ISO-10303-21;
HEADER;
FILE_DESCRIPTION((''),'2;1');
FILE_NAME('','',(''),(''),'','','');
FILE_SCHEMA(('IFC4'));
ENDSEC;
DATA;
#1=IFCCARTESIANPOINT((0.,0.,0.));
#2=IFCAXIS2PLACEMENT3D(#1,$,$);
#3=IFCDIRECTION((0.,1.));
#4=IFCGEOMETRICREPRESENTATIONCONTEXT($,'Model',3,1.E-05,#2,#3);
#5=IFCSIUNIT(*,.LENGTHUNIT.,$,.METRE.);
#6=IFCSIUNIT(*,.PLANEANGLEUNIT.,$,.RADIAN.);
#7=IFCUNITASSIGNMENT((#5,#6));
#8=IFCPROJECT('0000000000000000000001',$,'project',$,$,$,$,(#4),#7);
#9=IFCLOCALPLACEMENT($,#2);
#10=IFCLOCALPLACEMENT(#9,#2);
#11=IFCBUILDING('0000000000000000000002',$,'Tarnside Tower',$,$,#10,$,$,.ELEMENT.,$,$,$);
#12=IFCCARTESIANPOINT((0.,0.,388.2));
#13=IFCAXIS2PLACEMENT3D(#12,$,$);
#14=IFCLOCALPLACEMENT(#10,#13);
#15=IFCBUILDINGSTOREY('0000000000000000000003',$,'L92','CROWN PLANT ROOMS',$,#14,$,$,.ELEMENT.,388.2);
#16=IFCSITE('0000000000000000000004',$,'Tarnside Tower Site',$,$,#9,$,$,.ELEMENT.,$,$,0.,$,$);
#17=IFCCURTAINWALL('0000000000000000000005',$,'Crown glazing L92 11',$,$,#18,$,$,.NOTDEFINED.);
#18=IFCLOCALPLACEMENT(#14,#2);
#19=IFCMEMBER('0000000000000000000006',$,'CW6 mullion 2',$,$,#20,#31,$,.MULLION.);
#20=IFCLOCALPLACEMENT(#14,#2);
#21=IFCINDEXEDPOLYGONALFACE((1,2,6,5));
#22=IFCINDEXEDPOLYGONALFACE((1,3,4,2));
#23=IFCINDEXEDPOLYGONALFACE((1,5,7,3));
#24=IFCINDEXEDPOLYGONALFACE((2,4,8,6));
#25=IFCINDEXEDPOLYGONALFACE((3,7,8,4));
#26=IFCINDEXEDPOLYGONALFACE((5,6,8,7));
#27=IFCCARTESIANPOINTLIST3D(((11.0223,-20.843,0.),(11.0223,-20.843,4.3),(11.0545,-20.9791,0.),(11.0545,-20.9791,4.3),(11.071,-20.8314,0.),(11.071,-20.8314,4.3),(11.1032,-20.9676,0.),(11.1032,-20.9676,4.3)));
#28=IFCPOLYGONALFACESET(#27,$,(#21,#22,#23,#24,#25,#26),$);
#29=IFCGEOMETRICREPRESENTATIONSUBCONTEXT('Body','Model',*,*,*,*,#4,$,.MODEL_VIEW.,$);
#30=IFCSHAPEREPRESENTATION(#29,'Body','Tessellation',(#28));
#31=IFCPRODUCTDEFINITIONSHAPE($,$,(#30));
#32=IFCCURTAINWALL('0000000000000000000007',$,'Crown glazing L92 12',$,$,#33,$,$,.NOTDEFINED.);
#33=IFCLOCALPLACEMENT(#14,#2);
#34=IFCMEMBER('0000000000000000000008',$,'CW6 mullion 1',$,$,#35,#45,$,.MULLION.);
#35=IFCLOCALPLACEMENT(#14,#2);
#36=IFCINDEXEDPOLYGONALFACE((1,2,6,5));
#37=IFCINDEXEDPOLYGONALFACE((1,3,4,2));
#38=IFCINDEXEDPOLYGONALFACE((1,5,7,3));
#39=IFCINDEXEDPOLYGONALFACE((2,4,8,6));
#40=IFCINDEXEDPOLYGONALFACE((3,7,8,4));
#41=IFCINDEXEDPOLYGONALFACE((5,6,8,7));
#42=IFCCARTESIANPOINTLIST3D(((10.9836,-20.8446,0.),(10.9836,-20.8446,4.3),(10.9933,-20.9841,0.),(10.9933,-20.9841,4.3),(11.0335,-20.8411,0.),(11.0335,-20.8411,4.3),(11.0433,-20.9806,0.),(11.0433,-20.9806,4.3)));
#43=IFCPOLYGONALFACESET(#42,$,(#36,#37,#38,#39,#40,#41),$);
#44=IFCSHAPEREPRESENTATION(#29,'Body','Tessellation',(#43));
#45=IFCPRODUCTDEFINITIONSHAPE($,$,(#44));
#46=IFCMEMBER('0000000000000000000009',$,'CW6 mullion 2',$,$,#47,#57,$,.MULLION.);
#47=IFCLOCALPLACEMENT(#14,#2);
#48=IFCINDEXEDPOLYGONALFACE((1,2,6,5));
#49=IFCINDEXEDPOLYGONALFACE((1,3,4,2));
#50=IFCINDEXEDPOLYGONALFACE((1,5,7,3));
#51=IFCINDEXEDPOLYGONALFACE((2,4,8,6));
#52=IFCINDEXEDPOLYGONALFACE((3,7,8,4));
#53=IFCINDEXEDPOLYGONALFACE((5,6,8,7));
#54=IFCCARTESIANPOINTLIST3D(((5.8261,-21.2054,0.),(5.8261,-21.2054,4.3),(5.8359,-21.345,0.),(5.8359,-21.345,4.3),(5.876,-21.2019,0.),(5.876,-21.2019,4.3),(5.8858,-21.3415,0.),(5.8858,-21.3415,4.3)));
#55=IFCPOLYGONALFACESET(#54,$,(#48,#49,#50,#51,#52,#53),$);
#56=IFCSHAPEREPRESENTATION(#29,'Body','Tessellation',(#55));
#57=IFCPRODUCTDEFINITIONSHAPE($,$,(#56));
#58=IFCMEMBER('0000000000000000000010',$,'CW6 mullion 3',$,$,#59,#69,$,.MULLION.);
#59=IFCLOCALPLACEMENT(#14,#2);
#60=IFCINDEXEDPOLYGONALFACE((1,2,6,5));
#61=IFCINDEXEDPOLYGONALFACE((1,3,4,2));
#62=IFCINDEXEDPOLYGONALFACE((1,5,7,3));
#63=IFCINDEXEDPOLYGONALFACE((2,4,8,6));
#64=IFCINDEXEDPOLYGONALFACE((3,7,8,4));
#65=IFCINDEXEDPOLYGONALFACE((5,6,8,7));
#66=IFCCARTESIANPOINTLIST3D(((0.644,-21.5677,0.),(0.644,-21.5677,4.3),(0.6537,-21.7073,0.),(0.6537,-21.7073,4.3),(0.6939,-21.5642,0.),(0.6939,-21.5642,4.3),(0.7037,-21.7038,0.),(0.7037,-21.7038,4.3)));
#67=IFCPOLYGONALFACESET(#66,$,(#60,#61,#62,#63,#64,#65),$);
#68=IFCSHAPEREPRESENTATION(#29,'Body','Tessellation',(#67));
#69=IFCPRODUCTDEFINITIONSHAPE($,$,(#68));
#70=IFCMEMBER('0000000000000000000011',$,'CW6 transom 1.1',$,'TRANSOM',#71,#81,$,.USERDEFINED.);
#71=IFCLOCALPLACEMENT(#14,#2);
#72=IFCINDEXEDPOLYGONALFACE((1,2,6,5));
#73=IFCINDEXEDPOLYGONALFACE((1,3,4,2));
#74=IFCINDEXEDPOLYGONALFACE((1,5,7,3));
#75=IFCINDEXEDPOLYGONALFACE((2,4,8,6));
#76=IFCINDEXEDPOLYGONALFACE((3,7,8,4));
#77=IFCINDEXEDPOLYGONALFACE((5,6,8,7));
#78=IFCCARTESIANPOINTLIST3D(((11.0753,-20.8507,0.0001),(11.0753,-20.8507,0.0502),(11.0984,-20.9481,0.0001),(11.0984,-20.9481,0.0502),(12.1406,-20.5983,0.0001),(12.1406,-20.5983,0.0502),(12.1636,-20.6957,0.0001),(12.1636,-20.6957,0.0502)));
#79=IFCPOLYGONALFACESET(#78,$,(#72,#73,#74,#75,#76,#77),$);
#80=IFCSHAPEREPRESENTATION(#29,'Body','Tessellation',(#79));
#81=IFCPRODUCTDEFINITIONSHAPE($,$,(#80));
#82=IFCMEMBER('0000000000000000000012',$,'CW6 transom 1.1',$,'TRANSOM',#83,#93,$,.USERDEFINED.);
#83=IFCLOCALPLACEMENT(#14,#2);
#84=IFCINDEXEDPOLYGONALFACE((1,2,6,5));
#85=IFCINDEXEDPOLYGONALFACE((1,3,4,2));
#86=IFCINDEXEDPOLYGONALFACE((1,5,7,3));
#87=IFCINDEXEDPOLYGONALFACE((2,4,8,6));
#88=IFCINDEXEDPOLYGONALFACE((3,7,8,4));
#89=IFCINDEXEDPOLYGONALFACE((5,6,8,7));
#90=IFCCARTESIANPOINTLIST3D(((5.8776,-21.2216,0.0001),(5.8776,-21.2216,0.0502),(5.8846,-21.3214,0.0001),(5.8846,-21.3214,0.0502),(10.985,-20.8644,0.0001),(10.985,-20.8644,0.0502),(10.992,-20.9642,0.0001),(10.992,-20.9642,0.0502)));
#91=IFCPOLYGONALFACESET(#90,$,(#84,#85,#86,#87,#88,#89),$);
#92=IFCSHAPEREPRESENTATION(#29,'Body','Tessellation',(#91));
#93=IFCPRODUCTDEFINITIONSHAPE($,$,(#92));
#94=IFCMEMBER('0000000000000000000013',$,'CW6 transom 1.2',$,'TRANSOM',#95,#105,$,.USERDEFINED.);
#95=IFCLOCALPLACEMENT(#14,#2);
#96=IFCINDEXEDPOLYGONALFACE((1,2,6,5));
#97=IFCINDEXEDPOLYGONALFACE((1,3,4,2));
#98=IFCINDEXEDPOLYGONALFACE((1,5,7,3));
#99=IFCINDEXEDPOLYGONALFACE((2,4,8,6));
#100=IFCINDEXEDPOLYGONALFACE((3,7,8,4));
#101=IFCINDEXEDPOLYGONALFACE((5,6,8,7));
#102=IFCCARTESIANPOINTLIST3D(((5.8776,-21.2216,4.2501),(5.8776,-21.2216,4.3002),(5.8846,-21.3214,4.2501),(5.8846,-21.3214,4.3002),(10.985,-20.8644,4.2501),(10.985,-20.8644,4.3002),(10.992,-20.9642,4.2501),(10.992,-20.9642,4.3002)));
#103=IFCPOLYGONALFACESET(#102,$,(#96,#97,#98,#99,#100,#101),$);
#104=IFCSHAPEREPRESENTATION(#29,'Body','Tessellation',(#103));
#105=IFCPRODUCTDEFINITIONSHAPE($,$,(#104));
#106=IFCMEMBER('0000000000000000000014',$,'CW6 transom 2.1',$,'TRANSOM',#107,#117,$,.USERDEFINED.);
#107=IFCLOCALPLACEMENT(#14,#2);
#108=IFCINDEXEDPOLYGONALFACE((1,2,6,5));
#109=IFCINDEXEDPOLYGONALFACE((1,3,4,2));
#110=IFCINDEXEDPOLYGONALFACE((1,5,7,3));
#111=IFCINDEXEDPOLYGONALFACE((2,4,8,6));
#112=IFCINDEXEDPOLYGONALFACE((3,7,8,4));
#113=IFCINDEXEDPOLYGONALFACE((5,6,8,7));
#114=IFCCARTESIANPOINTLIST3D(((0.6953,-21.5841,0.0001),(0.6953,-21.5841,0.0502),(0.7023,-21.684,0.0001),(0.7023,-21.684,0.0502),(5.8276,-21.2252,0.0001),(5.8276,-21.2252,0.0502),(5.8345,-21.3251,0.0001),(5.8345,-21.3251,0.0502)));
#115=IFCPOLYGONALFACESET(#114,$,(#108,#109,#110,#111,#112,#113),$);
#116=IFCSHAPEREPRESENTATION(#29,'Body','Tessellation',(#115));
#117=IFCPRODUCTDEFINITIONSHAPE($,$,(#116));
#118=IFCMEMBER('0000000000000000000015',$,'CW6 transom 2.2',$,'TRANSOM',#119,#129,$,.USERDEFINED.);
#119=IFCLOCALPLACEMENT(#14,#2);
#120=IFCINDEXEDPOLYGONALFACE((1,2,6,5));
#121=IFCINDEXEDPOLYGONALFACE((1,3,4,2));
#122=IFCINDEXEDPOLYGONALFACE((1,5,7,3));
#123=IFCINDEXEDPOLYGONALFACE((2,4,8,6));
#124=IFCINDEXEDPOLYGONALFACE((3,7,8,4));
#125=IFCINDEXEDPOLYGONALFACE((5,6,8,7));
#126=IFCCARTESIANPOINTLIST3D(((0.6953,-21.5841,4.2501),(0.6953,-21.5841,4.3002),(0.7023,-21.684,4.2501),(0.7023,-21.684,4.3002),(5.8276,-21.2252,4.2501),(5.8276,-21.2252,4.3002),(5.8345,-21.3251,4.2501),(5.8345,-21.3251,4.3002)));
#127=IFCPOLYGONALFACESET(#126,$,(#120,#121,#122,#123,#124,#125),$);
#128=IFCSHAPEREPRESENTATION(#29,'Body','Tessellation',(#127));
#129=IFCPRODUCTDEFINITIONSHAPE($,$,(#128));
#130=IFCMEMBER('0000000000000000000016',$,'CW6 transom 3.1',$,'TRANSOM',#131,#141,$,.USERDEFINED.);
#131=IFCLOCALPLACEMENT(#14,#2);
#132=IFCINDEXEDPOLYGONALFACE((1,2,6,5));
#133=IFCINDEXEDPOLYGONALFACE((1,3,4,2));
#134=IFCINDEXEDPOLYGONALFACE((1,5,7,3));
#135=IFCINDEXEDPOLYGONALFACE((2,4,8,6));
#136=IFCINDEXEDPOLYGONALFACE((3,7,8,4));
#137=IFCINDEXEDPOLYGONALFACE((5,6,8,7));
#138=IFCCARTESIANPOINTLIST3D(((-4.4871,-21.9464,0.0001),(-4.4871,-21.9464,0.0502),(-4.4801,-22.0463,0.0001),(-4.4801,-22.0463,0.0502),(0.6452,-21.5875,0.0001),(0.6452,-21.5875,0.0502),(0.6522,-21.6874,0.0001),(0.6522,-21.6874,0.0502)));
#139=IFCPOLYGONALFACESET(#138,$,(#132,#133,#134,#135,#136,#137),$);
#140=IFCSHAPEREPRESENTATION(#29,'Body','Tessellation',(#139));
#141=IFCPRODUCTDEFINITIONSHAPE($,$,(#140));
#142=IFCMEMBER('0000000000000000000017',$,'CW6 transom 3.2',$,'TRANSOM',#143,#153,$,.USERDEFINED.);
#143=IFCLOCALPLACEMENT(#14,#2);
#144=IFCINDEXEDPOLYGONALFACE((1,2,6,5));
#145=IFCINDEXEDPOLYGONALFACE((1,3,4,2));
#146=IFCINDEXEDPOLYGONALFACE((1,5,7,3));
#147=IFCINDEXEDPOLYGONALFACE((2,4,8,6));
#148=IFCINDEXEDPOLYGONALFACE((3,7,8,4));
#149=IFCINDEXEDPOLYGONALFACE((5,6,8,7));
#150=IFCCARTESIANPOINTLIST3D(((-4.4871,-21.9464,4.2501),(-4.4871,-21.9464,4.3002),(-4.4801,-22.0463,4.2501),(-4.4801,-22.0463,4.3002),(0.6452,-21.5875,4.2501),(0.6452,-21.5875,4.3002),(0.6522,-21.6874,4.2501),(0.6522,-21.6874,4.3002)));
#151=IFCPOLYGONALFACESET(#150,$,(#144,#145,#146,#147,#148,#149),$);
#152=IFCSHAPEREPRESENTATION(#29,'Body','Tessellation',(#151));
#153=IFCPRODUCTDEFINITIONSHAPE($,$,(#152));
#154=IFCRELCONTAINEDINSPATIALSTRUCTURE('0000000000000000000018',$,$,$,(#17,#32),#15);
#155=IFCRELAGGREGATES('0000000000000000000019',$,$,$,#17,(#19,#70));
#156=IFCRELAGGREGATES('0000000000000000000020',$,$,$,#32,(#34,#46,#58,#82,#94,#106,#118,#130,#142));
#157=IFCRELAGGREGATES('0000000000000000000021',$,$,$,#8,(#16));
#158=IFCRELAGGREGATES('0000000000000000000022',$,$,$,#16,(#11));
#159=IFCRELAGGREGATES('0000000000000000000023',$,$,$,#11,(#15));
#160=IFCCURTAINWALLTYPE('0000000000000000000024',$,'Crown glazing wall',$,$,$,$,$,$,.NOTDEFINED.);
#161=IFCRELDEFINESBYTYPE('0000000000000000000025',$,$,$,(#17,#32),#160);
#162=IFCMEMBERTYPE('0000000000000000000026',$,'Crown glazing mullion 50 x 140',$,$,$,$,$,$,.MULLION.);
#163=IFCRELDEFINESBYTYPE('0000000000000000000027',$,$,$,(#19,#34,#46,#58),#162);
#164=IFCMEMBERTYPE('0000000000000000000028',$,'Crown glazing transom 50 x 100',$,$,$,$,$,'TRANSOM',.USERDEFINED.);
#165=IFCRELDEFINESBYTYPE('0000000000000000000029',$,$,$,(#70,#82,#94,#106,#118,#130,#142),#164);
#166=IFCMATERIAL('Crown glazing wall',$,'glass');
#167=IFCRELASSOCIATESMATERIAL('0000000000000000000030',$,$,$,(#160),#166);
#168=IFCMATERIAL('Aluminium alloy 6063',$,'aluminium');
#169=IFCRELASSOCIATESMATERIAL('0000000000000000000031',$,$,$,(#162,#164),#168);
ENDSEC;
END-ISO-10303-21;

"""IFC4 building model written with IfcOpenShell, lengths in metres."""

from ifc_helpers import new_model, si_unit, direction, frame, origin, origin_2d, place, context, subcontext, project, spatial, rectangle, extrude, material, material_profile, profile_set, type_object, element, aggregate, save


model = new_model("IFC4")

# Units and contexts
model_context = context("Model", 3, precision=1e-05, world=origin(), true_north=direction((0.0, 1.0)))
body_context = subcontext(model_context, "Body", "Model", "MODEL_VIEW")
ifc_project = project(units=[si_unit("LENGTHUNIT", "METRE"), si_unit("PLANEANGLEUNIT", "RADIAN")], contexts=[model_context])

# Site, building, storey
site_placement = place(None, origin())
site = spatial("IfcSite", under=ifc_project, at=site_placement, Name="Tarnside Tower Site", CompositionType="ELEMENT", RefElevation=0.0)
building_placement = place(site_placement, origin())
building = spatial("IfcBuilding", under=site, at=building_placement, Name="Tarnside Tower", CompositionType="ELEMENT")
storey_placement = place(building_placement, frame((0.0, 0.0, 388.2)))
storey = spatial("IfcBuildingStorey", under=building, at=storey_placement, Name="L92", Description="CROWN PLANT ROOMS", CompositionType="ELEMENT", Elevation=388.2)

# Curtain wall, member
ifc_material_1 = material(Name="Crown glazing wall", Category="glass")
curtain_wall_type = type_object("IfcCurtainWallType", Name="Crown glazing wall", PredefinedType="NOTDEFINED", material=ifc_material_1)
curtain_wall_1_placement = place(storey_placement, origin())
curtain_wall_1 = element("IfcCurtainWall", 1, at=curtain_wall_1_placement, inside=storey, type_object=curtain_wall_type, Name="Crown glazing L92 11", PredefinedType="NOTDEFINED")
ifc_material_2 = material(Name="Aluminium alloy 6063", Category="aluminium")
ifc_material_profile_1 = material_profile(ifc_material_2, rectangle(XDim=0.1399, YDim=0.05, at=origin_2d()), Name="Crown glazing mullion 50 x 140")
ifc_profile_set_1 = profile_set([ifc_material_profile_1], Name="Aluminium alloy 6063")
member_type_1 = type_object("IfcMemberType", Name="Crown glazing mullion 50 x 140", PredefinedType="MULLION", material=ifc_profile_set_1)
member_1_placement = place(storey_placement, frame((11.0627, -20.9053, 0.0), z_axis=(0.0, 0.0, 1.0), x_axis=(0.230616, -0.973045, 0.0)))
member_1 = element("IfcMember", 2, at=member_1_placement, type_object=member_type_1, Name="CW6 mullion 2", PredefinedType="MULLION", context=body_context, shape_type="SweptSolid", body=[
    extrude(rectangle(XDim=0.1399, YDim=0.05, at=origin_2d()), origin(), (0.0, 0.0, 1.0), 4.3),
])

# Curtain wall, members
curtain_wall_2_placement = place(storey_placement, origin())
curtain_wall_2 = element("IfcCurtainWall", 3, at=curtain_wall_2_placement, inside=storey, type_object=curtain_wall_type, Name="Crown glazing L92 12", PredefinedType="NOTDEFINED")
member_2_placement = place(storey_placement, frame((11.0134, -20.9126, 0.0), z_axis=(0.0, 0.0, 1.0), x_axis=(0.069756, -0.997564, 0.0)))
member_2 = element("IfcMember", 4, at=member_2_placement, type_object=member_type_1, Name="CW6 mullion 1", PredefinedType="MULLION", context=body_context, shape_type="SweptSolid", body=[
    extrude(rectangle(XDim=0.1399, YDim=0.05, at=origin_2d()), origin(), (0.0, 0.0, 1.0), 4.3),
])
member_3_placement = place(storey_placement, frame((5.856, -21.2734, 0.0), z_axis=(0.0, 0.0, 1.0), x_axis=(0.069756, -0.997564, 0.0)))
member_3 = element("IfcMember", 5, at=member_3_placement, type_object=member_type_1, Name="CW6 mullion 2", PredefinedType="MULLION", context=body_context, shape_type="SweptSolid", body=[
    extrude(rectangle(XDim=0.1399, YDim=0.05, at=origin_2d()), origin(), (0.0, 0.0, 1.0), 4.3),
])
member_4_placement = place(storey_placement, frame((0.6738, -21.6357, 0.0), z_axis=(0.0, 0.0, 1.0), x_axis=(0.069756, -0.997564, 0.0)))
member_4 = element("IfcMember", 6, at=member_4_placement, type_object=member_type_1, Name="CW6 mullion 3", PredefinedType="MULLION", context=body_context, shape_type="SweptSolid", body=[
    extrude(rectangle(XDim=0.1399, YDim=0.05, at=origin_2d()), origin(), (0.0, 0.0, 1.0), 4.3),
])

# Members
ifc_material_profile_2 = material_profile(ifc_material_2, rectangle(XDim=0.1001, YDim=0.05, at=origin_2d()), Name="Crown glazing transom 50 x 100")
ifc_profile_set_2 = profile_set([ifc_material_profile_2], Name="Aluminium alloy 6063")
member_type_2 = type_object("IfcMemberType", Name="Crown glazing transom 50 x 100", ElementType="TRANSOM", PredefinedType="USERDEFINED", material=ifc_profile_set_2)
member_5_placement = place(storey_placement, frame((12.1521, -20.647, 0.0251), z_axis=(-0.973047, -0.230605, 0.0), x_axis=(0.230605, -0.973047, 0.0)))
member_5 = element("IfcMember", 7, at=member_5_placement, type_object=member_type_2, Name="CW6 transom 1.1", ObjectType="TRANSOM", PredefinedType="USERDEFINED", context=body_context, shape_type="SweptSolid", body=[
    extrude(rectangle(XDim=0.1001, YDim=0.05, at=origin_2d()), origin(), (0.0, 0.0, 1.0), 1.0947),
])
member_6_placement = place(storey_placement, frame((10.9885, -20.9143, 0.0251), z_axis=(-0.997564, -0.069763, 0.0), x_axis=(0.069763, -0.997564, 0.0)))
member_6 = element("IfcMember", 8, at=member_6_placement, type_object=member_type_2, Name="CW6 transom 1.1", ObjectType="TRANSOM", PredefinedType="USERDEFINED", context=body_context, shape_type="SweptSolid", body=[
    extrude(rectangle(XDim=0.1001, YDim=0.05, at=origin_2d()), origin(), (0.0, 0.0, 1.0), 5.1199),
])
member_7_placement = place(storey_placement, frame((10.9885, -20.9143, 4.2751), z_axis=(-0.997564, -0.069763, 0.0), x_axis=(0.069763, -0.997564, 0.0)))
member_7 = element("IfcMember", 9, at=member_7_placement, type_object=member_type_2, Name="CW6 transom 1.2", ObjectType="TRANSOM", PredefinedType="USERDEFINED", context=body_context, shape_type="SweptSolid", body=[
    extrude(rectangle(XDim=0.1001, YDim=0.05, at=origin_2d()), origin(), (0.0, 0.0, 1.0), 5.1199),
])
member_8_placement = place(storey_placement, frame((5.8311, -21.2751, 0.0251), z_axis=(-0.997564, -0.069756, 0.0), x_axis=(0.069756, -0.997564, 0.0)))
member_8 = element("IfcMember", 10, at=member_8_placement, type_object=member_type_2, Name="CW6 transom 2.1", ObjectType="TRANSOM", PredefinedType="USERDEFINED", context=body_context, shape_type="SweptSolid", body=[
    extrude(rectangle(XDim=0.1001, YDim=0.05, at=origin_2d()), origin(), (0.0, 0.0, 1.0), 5.1448),
])
member_9_placement = place(storey_placement, frame((5.8311, -21.2751, 4.2751), z_axis=(-0.997564, -0.069756, 0.0), x_axis=(0.069756, -0.997564, 0.0)))
member_9 = element("IfcMember", 11, at=member_9_placement, type_object=member_type_2, Name="CW6 transom 2.2", ObjectType="TRANSOM", PredefinedType="USERDEFINED", context=body_context, shape_type="SweptSolid", body=[
    extrude(rectangle(XDim=0.1001, YDim=0.05, at=origin_2d()), origin(), (0.0, 0.0, 1.0), 5.1448),
])
member_10_placement = place(storey_placement, frame((0.6487, -21.6375, 0.0251), z_axis=(-0.997564, -0.069756, 0.0), x_axis=(0.069756, -0.997564, 0.0)))
member_10 = element("IfcMember", 12, at=member_10_placement, type_object=member_type_2, Name="CW6 transom 3.1", ObjectType="TRANSOM", PredefinedType="USERDEFINED", context=body_context, shape_type="SweptSolid", body=[
    extrude(rectangle(XDim=0.1001, YDim=0.05, at=origin_2d()), origin(), (0.0, 0.0, 1.0), 5.1448),
])
member_11_placement = place(storey_placement, frame((0.6487, -21.6375, 4.2751), z_axis=(-0.997564, -0.069756, 0.0), x_axis=(0.069756, -0.997564, 0.0)))
member_11 = element("IfcMember", 13, at=member_11_placement, type_object=member_type_2, Name="CW6 transom 3.2", ObjectType="TRANSOM", PredefinedType="USERDEFINED", context=body_context, shape_type="SweptSolid", body=[
    extrude(rectangle(XDim=0.1001, YDim=0.05, at=origin_2d()), origin(), (0.0, 0.0, 1.0), 5.1448),
])

aggregate(curtain_wall_1, [member_1, member_5])
aggregate(curtain_wall_2, [member_2, member_3, member_4, member_6, member_7, member_8, member_9, member_10, member_11])

save(model, "model.ifc")
